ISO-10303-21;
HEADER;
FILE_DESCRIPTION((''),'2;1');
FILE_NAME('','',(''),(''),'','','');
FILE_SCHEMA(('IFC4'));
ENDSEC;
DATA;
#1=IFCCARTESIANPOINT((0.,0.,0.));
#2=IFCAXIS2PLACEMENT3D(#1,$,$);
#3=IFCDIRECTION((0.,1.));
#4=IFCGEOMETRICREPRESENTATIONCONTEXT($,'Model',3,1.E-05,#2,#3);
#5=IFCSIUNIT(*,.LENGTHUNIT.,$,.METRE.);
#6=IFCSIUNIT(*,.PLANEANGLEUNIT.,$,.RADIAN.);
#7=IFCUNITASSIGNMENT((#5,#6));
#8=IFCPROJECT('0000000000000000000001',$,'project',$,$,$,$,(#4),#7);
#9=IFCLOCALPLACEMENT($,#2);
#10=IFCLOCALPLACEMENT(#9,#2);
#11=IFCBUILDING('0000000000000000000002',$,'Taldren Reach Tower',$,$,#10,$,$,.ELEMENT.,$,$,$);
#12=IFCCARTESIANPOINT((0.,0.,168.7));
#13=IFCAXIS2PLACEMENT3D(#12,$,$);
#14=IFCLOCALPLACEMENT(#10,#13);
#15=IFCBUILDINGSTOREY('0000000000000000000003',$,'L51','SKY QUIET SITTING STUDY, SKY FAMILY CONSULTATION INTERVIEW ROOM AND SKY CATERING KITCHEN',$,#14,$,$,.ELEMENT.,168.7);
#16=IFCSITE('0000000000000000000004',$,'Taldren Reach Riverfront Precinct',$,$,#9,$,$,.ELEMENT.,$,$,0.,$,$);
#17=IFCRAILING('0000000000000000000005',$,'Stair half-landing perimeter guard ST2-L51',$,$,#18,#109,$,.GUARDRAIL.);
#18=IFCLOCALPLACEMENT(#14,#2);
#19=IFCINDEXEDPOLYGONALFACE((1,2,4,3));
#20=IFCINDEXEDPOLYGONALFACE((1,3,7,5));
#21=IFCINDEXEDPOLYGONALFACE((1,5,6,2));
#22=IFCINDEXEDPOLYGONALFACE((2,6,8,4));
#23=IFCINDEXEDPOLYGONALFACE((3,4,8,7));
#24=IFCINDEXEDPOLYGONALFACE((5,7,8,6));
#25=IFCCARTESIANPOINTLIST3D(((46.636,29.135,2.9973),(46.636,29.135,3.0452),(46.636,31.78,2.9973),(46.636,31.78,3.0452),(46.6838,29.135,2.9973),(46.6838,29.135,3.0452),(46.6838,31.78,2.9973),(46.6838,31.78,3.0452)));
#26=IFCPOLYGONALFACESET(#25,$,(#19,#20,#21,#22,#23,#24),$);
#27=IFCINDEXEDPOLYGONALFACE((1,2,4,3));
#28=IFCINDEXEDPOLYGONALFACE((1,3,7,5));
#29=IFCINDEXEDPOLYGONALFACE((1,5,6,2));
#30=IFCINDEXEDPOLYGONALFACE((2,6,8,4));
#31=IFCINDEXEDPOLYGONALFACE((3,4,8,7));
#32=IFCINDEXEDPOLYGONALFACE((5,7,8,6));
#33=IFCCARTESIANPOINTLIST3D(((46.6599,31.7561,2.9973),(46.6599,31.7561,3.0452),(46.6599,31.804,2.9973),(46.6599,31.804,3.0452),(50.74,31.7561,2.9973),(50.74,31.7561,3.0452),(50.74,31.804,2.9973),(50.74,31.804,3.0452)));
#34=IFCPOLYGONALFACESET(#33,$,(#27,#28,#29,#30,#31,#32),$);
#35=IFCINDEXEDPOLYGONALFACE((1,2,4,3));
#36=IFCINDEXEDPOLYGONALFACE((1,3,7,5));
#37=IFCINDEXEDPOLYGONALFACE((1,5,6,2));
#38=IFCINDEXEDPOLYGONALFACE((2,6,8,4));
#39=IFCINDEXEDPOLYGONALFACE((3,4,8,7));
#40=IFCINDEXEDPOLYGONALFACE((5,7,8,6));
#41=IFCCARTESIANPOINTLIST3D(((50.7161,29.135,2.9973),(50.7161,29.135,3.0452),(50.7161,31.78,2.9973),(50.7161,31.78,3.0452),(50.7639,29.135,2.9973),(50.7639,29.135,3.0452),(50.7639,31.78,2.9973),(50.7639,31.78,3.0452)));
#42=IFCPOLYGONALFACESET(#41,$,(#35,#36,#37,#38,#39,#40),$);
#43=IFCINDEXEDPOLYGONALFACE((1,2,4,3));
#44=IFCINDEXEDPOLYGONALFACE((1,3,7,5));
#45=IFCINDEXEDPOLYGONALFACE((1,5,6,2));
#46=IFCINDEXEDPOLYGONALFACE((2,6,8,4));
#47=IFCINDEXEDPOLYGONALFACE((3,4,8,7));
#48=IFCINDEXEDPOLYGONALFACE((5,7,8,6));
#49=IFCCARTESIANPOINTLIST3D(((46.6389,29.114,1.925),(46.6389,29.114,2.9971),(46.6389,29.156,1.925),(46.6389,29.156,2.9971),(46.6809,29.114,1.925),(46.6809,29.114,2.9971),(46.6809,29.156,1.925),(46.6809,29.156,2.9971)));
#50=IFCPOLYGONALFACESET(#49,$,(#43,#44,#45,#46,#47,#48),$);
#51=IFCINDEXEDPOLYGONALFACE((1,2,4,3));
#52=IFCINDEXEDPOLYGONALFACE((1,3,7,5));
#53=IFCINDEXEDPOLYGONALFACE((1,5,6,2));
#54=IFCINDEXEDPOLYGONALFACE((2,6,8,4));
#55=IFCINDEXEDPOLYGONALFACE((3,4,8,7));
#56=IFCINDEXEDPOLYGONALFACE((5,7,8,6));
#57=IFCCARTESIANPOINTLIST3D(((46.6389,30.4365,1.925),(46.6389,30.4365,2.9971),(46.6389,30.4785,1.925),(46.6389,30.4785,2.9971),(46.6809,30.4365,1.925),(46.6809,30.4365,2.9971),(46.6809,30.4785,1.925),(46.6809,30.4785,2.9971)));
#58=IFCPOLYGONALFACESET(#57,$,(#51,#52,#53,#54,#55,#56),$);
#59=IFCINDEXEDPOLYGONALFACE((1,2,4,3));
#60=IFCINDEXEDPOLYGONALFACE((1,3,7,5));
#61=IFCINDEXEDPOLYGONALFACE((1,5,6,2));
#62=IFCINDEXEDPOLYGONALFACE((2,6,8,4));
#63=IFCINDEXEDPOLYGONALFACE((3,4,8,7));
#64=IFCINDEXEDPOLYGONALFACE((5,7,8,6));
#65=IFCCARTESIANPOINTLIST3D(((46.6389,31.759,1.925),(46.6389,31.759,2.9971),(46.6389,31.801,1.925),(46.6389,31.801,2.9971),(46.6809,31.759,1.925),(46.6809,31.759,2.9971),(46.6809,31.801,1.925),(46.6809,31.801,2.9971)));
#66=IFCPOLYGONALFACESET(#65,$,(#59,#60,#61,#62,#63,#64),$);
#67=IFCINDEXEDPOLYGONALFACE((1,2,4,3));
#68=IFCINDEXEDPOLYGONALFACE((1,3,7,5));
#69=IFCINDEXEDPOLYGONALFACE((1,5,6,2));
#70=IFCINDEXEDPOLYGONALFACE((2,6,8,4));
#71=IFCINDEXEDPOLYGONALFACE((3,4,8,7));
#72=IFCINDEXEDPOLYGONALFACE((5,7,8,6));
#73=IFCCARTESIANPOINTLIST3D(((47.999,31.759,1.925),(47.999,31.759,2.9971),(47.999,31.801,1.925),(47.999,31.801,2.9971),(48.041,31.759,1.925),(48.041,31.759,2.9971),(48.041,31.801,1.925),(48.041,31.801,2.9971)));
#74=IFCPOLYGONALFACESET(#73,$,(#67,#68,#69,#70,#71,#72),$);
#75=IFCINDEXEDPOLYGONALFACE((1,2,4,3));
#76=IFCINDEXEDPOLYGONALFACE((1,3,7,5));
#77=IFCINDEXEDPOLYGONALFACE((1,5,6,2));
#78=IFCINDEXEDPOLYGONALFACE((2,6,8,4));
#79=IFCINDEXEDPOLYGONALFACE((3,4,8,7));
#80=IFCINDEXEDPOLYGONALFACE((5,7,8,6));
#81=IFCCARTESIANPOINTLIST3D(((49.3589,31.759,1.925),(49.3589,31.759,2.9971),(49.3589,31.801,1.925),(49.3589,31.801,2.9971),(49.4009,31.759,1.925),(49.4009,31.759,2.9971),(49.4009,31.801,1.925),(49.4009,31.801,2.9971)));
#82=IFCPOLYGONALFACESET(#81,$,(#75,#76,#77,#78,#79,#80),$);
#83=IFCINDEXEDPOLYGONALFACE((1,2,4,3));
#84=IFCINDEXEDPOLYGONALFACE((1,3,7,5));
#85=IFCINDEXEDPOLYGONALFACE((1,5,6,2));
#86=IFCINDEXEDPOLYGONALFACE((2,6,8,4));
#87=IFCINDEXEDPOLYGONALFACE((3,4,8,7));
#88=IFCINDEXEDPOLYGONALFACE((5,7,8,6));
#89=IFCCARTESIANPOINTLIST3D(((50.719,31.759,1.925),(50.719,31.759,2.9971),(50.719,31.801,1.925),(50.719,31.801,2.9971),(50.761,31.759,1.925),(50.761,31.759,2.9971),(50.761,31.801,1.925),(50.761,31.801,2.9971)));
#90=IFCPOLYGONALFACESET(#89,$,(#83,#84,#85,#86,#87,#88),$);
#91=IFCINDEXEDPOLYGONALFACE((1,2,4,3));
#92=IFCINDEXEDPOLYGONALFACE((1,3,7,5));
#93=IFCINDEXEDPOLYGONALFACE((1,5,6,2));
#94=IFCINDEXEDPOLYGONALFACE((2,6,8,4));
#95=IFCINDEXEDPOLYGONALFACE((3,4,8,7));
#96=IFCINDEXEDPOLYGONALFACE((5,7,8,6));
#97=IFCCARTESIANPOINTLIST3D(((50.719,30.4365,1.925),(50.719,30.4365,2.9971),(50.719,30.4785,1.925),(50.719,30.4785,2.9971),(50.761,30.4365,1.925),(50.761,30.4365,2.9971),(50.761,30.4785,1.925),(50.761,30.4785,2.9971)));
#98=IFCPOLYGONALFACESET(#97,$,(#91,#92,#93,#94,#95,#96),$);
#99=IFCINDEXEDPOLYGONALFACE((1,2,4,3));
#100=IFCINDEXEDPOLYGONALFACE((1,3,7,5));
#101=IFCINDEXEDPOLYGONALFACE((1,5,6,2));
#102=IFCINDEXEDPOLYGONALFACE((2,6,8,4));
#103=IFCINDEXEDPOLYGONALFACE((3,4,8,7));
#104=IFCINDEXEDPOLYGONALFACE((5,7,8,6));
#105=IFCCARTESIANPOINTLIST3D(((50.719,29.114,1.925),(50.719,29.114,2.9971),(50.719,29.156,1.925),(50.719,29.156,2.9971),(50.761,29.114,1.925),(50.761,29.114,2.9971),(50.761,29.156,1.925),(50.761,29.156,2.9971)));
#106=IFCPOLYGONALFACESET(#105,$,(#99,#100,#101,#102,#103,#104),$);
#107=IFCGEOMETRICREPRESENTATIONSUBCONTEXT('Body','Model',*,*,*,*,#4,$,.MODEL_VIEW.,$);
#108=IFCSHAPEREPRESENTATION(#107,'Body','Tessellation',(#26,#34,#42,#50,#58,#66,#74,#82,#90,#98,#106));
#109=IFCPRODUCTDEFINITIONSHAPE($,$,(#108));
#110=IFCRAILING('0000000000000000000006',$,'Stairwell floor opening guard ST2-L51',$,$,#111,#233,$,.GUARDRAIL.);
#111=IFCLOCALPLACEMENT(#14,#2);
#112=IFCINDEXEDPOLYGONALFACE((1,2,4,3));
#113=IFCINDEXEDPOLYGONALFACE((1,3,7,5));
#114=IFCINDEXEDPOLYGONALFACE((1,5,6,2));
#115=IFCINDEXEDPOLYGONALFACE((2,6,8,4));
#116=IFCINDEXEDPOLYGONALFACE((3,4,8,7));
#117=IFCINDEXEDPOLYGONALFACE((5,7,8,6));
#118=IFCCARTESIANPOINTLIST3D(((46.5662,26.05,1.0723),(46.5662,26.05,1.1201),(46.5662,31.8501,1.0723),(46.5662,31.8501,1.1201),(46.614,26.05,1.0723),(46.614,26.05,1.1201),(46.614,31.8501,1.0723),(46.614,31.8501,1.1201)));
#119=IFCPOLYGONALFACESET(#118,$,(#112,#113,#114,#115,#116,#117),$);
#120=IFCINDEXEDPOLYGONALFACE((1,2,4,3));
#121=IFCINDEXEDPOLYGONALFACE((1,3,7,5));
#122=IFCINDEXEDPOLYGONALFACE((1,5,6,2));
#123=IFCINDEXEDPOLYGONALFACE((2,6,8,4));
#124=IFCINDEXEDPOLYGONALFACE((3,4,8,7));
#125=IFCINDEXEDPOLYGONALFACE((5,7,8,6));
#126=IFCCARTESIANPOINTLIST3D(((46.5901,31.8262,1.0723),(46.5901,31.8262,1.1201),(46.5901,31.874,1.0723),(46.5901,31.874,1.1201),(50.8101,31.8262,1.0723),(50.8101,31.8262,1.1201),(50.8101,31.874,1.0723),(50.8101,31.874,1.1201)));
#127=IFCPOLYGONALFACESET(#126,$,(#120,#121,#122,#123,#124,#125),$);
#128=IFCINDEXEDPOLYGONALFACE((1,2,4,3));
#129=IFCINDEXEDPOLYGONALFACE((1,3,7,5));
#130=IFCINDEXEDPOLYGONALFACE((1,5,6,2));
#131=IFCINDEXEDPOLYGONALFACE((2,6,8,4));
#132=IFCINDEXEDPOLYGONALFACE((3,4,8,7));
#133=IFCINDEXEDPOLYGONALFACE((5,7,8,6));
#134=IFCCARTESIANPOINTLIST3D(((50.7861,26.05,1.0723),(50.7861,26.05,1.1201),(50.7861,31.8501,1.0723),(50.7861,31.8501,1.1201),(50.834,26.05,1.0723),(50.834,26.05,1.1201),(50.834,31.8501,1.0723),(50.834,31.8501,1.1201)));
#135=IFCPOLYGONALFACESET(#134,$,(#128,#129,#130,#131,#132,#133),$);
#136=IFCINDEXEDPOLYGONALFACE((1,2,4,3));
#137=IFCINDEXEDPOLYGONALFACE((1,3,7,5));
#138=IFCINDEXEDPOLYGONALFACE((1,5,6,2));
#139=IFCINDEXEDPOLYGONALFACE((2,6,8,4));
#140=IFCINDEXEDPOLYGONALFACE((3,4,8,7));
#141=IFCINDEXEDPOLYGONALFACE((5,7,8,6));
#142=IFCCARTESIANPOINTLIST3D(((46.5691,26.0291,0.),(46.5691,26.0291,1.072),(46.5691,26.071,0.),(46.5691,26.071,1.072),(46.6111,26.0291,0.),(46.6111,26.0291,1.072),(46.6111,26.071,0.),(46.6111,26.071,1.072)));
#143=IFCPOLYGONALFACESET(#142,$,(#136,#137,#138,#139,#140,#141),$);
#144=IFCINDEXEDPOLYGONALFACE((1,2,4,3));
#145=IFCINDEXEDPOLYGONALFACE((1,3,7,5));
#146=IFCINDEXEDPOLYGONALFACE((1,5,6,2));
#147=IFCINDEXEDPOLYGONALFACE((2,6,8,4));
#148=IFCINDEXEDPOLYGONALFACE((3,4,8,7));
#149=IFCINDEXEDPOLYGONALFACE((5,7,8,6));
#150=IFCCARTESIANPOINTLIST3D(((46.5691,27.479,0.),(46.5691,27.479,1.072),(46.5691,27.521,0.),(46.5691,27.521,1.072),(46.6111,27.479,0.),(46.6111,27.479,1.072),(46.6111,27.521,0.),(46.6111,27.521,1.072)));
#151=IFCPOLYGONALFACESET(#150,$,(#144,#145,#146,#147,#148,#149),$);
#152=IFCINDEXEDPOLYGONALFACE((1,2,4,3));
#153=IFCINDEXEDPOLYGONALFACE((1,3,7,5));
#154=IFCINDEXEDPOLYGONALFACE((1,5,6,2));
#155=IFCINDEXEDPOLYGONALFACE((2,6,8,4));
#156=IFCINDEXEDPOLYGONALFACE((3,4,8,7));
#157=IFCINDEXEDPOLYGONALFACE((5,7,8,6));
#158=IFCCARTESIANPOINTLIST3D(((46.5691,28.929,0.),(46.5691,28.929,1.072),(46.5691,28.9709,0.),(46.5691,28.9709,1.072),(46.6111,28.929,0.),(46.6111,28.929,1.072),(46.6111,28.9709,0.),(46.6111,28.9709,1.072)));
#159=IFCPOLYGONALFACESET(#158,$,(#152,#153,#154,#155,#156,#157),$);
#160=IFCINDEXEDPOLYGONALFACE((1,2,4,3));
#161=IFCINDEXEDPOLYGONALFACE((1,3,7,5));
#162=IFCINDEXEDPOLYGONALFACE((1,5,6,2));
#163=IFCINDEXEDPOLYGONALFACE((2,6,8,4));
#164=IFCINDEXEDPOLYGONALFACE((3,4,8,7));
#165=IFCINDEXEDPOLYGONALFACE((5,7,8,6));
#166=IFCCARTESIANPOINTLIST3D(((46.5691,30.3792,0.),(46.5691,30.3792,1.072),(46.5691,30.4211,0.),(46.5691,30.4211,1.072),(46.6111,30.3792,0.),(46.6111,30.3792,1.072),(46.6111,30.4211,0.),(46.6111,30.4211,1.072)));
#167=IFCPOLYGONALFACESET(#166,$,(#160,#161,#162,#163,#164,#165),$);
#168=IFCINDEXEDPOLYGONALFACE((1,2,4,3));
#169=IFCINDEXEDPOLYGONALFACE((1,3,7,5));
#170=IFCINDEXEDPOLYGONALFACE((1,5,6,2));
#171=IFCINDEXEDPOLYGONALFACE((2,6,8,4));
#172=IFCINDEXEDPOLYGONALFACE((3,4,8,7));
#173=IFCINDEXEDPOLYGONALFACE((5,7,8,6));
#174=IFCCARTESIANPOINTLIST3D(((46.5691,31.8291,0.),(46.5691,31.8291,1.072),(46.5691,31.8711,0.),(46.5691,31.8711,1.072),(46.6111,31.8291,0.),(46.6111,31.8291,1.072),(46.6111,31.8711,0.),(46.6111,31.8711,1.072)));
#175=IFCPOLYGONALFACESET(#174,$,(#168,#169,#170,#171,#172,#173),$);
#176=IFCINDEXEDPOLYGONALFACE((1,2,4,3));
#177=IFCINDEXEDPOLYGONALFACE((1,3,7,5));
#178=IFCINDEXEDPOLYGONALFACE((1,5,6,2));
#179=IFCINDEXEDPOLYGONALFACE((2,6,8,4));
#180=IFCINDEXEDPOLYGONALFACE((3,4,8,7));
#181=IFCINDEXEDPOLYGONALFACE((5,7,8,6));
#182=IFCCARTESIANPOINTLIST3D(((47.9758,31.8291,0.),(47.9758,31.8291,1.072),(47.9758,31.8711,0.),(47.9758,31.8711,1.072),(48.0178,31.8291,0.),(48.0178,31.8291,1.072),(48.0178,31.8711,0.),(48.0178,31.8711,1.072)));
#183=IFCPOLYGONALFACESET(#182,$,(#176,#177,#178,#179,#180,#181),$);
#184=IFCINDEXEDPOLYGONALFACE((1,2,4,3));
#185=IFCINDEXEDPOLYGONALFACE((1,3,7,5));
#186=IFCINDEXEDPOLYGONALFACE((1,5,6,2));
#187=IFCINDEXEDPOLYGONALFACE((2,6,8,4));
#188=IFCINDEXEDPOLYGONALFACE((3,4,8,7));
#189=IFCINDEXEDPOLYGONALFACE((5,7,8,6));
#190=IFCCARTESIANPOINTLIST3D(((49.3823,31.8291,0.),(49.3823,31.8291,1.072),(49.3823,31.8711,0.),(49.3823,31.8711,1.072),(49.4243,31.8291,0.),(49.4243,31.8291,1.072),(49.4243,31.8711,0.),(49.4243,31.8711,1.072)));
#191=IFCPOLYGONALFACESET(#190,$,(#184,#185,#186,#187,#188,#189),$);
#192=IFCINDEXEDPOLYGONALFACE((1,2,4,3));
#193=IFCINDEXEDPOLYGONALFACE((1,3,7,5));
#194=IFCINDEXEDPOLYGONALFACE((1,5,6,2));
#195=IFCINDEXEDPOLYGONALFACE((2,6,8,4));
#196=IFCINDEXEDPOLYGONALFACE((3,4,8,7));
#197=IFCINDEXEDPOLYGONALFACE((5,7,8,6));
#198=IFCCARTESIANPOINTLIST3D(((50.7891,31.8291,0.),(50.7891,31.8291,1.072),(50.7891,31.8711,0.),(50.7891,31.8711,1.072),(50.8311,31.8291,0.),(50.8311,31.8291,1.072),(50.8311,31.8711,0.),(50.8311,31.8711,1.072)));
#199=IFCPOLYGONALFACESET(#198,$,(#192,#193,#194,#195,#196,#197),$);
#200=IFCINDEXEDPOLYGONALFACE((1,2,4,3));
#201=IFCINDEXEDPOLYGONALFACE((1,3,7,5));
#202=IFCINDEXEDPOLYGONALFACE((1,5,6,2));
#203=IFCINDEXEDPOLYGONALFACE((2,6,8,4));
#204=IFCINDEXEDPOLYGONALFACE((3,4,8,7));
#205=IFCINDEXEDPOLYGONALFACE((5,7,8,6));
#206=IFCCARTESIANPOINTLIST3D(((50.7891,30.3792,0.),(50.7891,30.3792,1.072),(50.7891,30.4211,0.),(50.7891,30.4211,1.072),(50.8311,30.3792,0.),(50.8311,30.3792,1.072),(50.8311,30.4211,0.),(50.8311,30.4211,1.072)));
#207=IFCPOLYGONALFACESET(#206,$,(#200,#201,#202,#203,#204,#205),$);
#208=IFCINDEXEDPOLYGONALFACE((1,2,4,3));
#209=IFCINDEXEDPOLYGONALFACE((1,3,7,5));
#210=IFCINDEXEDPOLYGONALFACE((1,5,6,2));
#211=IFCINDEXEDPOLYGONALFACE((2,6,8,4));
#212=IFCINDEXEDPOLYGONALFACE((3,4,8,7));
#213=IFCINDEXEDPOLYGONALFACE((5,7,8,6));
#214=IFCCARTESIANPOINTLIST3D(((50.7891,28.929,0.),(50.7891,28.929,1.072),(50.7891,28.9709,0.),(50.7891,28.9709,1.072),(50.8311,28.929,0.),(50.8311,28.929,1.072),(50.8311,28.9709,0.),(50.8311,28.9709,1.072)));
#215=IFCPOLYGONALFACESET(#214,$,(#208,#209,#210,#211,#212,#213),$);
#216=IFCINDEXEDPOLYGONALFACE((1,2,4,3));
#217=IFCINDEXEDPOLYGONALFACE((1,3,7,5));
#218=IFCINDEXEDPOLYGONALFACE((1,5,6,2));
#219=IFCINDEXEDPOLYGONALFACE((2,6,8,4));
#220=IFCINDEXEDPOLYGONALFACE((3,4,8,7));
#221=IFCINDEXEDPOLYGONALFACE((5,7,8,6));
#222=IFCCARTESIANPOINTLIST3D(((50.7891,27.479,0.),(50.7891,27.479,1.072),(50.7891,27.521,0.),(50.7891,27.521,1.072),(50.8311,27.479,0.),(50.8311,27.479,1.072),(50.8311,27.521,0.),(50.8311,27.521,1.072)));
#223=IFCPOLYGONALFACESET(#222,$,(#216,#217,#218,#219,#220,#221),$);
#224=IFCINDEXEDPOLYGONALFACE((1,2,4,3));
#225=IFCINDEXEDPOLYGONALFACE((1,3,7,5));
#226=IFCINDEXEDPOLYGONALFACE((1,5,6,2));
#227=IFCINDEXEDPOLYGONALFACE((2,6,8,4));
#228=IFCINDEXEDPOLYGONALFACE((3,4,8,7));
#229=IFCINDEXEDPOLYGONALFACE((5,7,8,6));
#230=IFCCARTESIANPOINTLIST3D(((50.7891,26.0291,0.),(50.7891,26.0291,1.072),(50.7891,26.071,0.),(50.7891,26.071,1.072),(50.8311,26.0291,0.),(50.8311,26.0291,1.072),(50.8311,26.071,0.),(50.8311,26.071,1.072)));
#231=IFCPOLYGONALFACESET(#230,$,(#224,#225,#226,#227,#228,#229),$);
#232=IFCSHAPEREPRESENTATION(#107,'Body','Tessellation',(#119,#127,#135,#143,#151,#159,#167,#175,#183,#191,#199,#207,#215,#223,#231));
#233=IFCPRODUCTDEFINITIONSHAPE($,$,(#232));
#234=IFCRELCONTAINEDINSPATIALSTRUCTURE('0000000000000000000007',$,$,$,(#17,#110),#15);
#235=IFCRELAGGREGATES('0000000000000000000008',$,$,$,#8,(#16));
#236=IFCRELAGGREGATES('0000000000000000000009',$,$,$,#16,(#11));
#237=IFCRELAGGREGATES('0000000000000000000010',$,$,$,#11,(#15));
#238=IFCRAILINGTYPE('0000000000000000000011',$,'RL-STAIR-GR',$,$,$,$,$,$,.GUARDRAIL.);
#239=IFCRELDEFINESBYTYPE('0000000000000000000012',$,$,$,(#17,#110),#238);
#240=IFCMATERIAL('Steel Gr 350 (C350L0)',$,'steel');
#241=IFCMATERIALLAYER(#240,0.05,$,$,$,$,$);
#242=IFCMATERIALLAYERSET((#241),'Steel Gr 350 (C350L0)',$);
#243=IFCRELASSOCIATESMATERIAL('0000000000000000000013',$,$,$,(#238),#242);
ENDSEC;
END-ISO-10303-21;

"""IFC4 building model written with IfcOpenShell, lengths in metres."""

from ifc_helpers import new_model, si_unit, direction, frame, origin, origin_2d, place, context, subcontext, project, spatial, rectangle, extrude, material, layer, layer_set, type_object, element, save


model = new_model("IFC4")

# Units and contexts
model_context = context("Model", 3, precision=1e-05, world=origin(), true_north=direction((0.0, 1.0)))
body_context = subcontext(model_context, "Body", "Model", "MODEL_VIEW")
ifc_project = project(units=[si_unit("LENGTHUNIT", "METRE"), si_unit("PLANEANGLEUNIT", "RADIAN")], contexts=[model_context])

# Site, building, storey
site_placement = place(None, origin())
site = spatial("IfcSite", under=ifc_project, at=site_placement, Name="Taldren Reach Riverfront Precinct", CompositionType="ELEMENT", RefElevation=0.0)
building_placement = place(site_placement, origin())
building = spatial("IfcBuilding", under=site, at=building_placement, Name="Taldren Reach Tower", CompositionType="ELEMENT")
storey_placement = place(building_placement, frame((0.0, 0.0, 168.7)))
storey = spatial("IfcBuildingStorey", under=building, at=storey_placement, Name="L51", Description="SKY QUIET SITTING STUDY, SKY FAMILY CONSULTATION INTERVIEW ROOM AND SKY CATERING KITCHEN", CompositionType="ELEMENT", Elevation=168.7)

# Shared definitions
ifc_material_1 = material(Name="Steel Gr 350 (C350L0)", Category="steel")

# Railings
ifc_layer_1 = layer(ifc_material_1, 0.05)
ifc_layer_set_1 = layer_set([ifc_layer_1], Name="Steel Gr 350 (C350L0)")
railing_type_1 = type_object("IfcRailingType", Name="RL-STAIR-GR", PredefinedType="GUARDRAIL", material=ifc_layer_set_1)
railing_1_placement = place(storey_placement, frame((46.6599, 29.135, 1.925)))
element("IfcRailing", 1, at=railing_1_placement, inside=storey, type_object=railing_type_1, Name="Stair half-landing perimeter guard ST2-L51", PredefinedType="GUARDRAIL", context=body_context, shape_type="SweptSolid", body=[
    extrude(rectangle(XDim=0.0479, YDim=0.0479, at=origin_2d()), frame((0.0, 0.0, 1.0962), z_axis=(0.0, 1.0, 0.0), x_axis=(-1.0, 0.0, 0.0)), (0.0, 0.0, 1.0), 2.645),
    extrude(rectangle(XDim=0.0479, YDim=0.0479, at=origin_2d()), frame((0.0, 2.645, 1.0962), z_axis=(1.0, 0.0, 0.0), x_axis=(0.0, 1.0, 0.0)), (0.0, 0.0, 1.0), 4.0801),
    extrude(rectangle(XDim=0.0479, YDim=0.0479, at=origin_2d()), frame((4.0801, 2.645, 1.0962), z_axis=(0.0, -1.0, 0.0), x_axis=(1.0, 0.0, 0.0)), (0.0, 0.0, 1.0), 2.645),
    extrude(rectangle(XDim=0.042, YDim=0.042, at=origin_2d()), origin(), (0.0, 0.0, 1.0), 1.072),
    extrude(rectangle(XDim=0.042, YDim=0.042, at=origin_2d()), frame((0.0, 1.3225, 0.0)), (0.0, 0.0, 1.0), 1.072),
    extrude(rectangle(XDim=0.042, YDim=0.042, at=origin_2d()), frame((0.0, 2.645, 0.0)), (0.0, 0.0, 1.0), 1.072),
    extrude(rectangle(XDim=0.042, YDim=0.042, at=origin_2d()), frame((1.3601, 2.645, 0.0)), (0.0, 0.0, 1.0), 1.072),
    extrude(rectangle(XDim=0.042, YDim=0.042, at=origin_2d()), frame((2.72, 2.645, 0.0)), (0.0, 0.0, 1.0), 1.072),
    extrude(rectangle(XDim=0.042, YDim=0.042, at=origin_2d()), frame((4.0801, 2.645, 0.0)), (0.0, 0.0, 1.0), 1.072),
    extrude(rectangle(XDim=0.042, YDim=0.042, at=origin_2d()), frame((4.0801, 1.3225, 0.0)), (0.0, 0.0, 1.0), 1.072),
    extrude(rectangle(XDim=0.042, YDim=0.042, at=origin_2d()), frame((4.0801, 0.0, 0.0)), (0.0, 0.0, 1.0), 1.072),
])
railing_2_placement = place(storey_placement, frame((46.5901, 26.05, 0.0)))
element("IfcRailing", 2, at=railing_2_placement, inside=storey, type_object=railing_type_1, Name="Stairwell floor opening guard ST2-L51", PredefinedType="GUARDRAIL", context=body_context, shape_type="SweptSolid", body=[
    extrude(rectangle(XDim=0.0479, YDim=0.0479, at=origin_2d()), frame((0.0, 0.0, 1.0962), z_axis=(0.0, 1.0, 0.0), x_axis=(-1.0, 0.0, 0.0)), (0.0, 0.0, 1.0), 5.8),
    extrude(rectangle(XDim=0.0479, YDim=0.0479, at=origin_2d()), frame((0.0, 5.8, 1.0962), z_axis=(1.0, 0.0, 0.0), x_axis=(0.0, 1.0, 0.0)), (0.0, 0.0, 1.0), 4.22),
    extrude(rectangle(XDim=0.0479, YDim=0.0479, at=origin_2d()), frame((4.22, 5.8, 1.0962), z_axis=(0.0, -1.0, 0.0), x_axis=(1.0, 0.0, 0.0)), (0.0, 0.0, 1.0), 5.8),
    extrude(rectangle(XDim=0.042, YDim=0.042, at=origin_2d()), origin(), (0.0, 0.0, 1.0), 1.072),
    extrude(rectangle(XDim=0.042, YDim=0.042, at=origin_2d()), frame((0.0, 1.45, 0.0)), (0.0, 0.0, 1.0), 1.072),
    extrude(rectangle(XDim=0.042, YDim=0.042, at=origin_2d()), frame((0.0, 2.8999, 0.0)), (0.0, 0.0, 1.0), 1.072),
    extrude(rectangle(XDim=0.042, YDim=0.042, at=origin_2d()), frame((0.0, 4.3501, 0.0)), (0.0, 0.0, 1.0), 1.072),
    extrude(rectangle(XDim=0.042, YDim=0.042, at=origin_2d()), frame((0.0, 5.8, 0.0)), (0.0, 0.0, 1.0), 1.072),
    extrude(rectangle(XDim=0.042, YDim=0.042, at=origin_2d()), frame((1.4067, 5.8, 0.0)), (0.0, 0.0, 1.0), 1.072),
    extrude(rectangle(XDim=0.042, YDim=0.042, at=origin_2d()), frame((2.8132, 5.8, 0.0)), (0.0, 0.0, 1.0), 1.072),
    extrude(rectangle(XDim=0.042, YDim=0.042, at=origin_2d()), frame((4.22, 5.8, 0.0)), (0.0, 0.0, 1.0), 1.072),
    extrude(rectangle(XDim=0.042, YDim=0.042, at=origin_2d()), frame((4.22, 4.3501, 0.0)), (0.0, 0.0, 1.0), 1.072),
    extrude(rectangle(XDim=0.042, YDim=0.042, at=origin_2d()), frame((4.22, 2.8999, 0.0)), (0.0, 0.0, 1.0), 1.072),
    extrude(rectangle(XDim=0.042, YDim=0.042, at=origin_2d()), frame((4.22, 1.45, 0.0)), (0.0, 0.0, 1.0), 1.072),
    extrude(rectangle(XDim=0.042, YDim=0.042, at=origin_2d()), frame((4.22, 0.0, 0.0)), (0.0, 0.0, 1.0), 1.072),
])

save(model, "model.ifc")
